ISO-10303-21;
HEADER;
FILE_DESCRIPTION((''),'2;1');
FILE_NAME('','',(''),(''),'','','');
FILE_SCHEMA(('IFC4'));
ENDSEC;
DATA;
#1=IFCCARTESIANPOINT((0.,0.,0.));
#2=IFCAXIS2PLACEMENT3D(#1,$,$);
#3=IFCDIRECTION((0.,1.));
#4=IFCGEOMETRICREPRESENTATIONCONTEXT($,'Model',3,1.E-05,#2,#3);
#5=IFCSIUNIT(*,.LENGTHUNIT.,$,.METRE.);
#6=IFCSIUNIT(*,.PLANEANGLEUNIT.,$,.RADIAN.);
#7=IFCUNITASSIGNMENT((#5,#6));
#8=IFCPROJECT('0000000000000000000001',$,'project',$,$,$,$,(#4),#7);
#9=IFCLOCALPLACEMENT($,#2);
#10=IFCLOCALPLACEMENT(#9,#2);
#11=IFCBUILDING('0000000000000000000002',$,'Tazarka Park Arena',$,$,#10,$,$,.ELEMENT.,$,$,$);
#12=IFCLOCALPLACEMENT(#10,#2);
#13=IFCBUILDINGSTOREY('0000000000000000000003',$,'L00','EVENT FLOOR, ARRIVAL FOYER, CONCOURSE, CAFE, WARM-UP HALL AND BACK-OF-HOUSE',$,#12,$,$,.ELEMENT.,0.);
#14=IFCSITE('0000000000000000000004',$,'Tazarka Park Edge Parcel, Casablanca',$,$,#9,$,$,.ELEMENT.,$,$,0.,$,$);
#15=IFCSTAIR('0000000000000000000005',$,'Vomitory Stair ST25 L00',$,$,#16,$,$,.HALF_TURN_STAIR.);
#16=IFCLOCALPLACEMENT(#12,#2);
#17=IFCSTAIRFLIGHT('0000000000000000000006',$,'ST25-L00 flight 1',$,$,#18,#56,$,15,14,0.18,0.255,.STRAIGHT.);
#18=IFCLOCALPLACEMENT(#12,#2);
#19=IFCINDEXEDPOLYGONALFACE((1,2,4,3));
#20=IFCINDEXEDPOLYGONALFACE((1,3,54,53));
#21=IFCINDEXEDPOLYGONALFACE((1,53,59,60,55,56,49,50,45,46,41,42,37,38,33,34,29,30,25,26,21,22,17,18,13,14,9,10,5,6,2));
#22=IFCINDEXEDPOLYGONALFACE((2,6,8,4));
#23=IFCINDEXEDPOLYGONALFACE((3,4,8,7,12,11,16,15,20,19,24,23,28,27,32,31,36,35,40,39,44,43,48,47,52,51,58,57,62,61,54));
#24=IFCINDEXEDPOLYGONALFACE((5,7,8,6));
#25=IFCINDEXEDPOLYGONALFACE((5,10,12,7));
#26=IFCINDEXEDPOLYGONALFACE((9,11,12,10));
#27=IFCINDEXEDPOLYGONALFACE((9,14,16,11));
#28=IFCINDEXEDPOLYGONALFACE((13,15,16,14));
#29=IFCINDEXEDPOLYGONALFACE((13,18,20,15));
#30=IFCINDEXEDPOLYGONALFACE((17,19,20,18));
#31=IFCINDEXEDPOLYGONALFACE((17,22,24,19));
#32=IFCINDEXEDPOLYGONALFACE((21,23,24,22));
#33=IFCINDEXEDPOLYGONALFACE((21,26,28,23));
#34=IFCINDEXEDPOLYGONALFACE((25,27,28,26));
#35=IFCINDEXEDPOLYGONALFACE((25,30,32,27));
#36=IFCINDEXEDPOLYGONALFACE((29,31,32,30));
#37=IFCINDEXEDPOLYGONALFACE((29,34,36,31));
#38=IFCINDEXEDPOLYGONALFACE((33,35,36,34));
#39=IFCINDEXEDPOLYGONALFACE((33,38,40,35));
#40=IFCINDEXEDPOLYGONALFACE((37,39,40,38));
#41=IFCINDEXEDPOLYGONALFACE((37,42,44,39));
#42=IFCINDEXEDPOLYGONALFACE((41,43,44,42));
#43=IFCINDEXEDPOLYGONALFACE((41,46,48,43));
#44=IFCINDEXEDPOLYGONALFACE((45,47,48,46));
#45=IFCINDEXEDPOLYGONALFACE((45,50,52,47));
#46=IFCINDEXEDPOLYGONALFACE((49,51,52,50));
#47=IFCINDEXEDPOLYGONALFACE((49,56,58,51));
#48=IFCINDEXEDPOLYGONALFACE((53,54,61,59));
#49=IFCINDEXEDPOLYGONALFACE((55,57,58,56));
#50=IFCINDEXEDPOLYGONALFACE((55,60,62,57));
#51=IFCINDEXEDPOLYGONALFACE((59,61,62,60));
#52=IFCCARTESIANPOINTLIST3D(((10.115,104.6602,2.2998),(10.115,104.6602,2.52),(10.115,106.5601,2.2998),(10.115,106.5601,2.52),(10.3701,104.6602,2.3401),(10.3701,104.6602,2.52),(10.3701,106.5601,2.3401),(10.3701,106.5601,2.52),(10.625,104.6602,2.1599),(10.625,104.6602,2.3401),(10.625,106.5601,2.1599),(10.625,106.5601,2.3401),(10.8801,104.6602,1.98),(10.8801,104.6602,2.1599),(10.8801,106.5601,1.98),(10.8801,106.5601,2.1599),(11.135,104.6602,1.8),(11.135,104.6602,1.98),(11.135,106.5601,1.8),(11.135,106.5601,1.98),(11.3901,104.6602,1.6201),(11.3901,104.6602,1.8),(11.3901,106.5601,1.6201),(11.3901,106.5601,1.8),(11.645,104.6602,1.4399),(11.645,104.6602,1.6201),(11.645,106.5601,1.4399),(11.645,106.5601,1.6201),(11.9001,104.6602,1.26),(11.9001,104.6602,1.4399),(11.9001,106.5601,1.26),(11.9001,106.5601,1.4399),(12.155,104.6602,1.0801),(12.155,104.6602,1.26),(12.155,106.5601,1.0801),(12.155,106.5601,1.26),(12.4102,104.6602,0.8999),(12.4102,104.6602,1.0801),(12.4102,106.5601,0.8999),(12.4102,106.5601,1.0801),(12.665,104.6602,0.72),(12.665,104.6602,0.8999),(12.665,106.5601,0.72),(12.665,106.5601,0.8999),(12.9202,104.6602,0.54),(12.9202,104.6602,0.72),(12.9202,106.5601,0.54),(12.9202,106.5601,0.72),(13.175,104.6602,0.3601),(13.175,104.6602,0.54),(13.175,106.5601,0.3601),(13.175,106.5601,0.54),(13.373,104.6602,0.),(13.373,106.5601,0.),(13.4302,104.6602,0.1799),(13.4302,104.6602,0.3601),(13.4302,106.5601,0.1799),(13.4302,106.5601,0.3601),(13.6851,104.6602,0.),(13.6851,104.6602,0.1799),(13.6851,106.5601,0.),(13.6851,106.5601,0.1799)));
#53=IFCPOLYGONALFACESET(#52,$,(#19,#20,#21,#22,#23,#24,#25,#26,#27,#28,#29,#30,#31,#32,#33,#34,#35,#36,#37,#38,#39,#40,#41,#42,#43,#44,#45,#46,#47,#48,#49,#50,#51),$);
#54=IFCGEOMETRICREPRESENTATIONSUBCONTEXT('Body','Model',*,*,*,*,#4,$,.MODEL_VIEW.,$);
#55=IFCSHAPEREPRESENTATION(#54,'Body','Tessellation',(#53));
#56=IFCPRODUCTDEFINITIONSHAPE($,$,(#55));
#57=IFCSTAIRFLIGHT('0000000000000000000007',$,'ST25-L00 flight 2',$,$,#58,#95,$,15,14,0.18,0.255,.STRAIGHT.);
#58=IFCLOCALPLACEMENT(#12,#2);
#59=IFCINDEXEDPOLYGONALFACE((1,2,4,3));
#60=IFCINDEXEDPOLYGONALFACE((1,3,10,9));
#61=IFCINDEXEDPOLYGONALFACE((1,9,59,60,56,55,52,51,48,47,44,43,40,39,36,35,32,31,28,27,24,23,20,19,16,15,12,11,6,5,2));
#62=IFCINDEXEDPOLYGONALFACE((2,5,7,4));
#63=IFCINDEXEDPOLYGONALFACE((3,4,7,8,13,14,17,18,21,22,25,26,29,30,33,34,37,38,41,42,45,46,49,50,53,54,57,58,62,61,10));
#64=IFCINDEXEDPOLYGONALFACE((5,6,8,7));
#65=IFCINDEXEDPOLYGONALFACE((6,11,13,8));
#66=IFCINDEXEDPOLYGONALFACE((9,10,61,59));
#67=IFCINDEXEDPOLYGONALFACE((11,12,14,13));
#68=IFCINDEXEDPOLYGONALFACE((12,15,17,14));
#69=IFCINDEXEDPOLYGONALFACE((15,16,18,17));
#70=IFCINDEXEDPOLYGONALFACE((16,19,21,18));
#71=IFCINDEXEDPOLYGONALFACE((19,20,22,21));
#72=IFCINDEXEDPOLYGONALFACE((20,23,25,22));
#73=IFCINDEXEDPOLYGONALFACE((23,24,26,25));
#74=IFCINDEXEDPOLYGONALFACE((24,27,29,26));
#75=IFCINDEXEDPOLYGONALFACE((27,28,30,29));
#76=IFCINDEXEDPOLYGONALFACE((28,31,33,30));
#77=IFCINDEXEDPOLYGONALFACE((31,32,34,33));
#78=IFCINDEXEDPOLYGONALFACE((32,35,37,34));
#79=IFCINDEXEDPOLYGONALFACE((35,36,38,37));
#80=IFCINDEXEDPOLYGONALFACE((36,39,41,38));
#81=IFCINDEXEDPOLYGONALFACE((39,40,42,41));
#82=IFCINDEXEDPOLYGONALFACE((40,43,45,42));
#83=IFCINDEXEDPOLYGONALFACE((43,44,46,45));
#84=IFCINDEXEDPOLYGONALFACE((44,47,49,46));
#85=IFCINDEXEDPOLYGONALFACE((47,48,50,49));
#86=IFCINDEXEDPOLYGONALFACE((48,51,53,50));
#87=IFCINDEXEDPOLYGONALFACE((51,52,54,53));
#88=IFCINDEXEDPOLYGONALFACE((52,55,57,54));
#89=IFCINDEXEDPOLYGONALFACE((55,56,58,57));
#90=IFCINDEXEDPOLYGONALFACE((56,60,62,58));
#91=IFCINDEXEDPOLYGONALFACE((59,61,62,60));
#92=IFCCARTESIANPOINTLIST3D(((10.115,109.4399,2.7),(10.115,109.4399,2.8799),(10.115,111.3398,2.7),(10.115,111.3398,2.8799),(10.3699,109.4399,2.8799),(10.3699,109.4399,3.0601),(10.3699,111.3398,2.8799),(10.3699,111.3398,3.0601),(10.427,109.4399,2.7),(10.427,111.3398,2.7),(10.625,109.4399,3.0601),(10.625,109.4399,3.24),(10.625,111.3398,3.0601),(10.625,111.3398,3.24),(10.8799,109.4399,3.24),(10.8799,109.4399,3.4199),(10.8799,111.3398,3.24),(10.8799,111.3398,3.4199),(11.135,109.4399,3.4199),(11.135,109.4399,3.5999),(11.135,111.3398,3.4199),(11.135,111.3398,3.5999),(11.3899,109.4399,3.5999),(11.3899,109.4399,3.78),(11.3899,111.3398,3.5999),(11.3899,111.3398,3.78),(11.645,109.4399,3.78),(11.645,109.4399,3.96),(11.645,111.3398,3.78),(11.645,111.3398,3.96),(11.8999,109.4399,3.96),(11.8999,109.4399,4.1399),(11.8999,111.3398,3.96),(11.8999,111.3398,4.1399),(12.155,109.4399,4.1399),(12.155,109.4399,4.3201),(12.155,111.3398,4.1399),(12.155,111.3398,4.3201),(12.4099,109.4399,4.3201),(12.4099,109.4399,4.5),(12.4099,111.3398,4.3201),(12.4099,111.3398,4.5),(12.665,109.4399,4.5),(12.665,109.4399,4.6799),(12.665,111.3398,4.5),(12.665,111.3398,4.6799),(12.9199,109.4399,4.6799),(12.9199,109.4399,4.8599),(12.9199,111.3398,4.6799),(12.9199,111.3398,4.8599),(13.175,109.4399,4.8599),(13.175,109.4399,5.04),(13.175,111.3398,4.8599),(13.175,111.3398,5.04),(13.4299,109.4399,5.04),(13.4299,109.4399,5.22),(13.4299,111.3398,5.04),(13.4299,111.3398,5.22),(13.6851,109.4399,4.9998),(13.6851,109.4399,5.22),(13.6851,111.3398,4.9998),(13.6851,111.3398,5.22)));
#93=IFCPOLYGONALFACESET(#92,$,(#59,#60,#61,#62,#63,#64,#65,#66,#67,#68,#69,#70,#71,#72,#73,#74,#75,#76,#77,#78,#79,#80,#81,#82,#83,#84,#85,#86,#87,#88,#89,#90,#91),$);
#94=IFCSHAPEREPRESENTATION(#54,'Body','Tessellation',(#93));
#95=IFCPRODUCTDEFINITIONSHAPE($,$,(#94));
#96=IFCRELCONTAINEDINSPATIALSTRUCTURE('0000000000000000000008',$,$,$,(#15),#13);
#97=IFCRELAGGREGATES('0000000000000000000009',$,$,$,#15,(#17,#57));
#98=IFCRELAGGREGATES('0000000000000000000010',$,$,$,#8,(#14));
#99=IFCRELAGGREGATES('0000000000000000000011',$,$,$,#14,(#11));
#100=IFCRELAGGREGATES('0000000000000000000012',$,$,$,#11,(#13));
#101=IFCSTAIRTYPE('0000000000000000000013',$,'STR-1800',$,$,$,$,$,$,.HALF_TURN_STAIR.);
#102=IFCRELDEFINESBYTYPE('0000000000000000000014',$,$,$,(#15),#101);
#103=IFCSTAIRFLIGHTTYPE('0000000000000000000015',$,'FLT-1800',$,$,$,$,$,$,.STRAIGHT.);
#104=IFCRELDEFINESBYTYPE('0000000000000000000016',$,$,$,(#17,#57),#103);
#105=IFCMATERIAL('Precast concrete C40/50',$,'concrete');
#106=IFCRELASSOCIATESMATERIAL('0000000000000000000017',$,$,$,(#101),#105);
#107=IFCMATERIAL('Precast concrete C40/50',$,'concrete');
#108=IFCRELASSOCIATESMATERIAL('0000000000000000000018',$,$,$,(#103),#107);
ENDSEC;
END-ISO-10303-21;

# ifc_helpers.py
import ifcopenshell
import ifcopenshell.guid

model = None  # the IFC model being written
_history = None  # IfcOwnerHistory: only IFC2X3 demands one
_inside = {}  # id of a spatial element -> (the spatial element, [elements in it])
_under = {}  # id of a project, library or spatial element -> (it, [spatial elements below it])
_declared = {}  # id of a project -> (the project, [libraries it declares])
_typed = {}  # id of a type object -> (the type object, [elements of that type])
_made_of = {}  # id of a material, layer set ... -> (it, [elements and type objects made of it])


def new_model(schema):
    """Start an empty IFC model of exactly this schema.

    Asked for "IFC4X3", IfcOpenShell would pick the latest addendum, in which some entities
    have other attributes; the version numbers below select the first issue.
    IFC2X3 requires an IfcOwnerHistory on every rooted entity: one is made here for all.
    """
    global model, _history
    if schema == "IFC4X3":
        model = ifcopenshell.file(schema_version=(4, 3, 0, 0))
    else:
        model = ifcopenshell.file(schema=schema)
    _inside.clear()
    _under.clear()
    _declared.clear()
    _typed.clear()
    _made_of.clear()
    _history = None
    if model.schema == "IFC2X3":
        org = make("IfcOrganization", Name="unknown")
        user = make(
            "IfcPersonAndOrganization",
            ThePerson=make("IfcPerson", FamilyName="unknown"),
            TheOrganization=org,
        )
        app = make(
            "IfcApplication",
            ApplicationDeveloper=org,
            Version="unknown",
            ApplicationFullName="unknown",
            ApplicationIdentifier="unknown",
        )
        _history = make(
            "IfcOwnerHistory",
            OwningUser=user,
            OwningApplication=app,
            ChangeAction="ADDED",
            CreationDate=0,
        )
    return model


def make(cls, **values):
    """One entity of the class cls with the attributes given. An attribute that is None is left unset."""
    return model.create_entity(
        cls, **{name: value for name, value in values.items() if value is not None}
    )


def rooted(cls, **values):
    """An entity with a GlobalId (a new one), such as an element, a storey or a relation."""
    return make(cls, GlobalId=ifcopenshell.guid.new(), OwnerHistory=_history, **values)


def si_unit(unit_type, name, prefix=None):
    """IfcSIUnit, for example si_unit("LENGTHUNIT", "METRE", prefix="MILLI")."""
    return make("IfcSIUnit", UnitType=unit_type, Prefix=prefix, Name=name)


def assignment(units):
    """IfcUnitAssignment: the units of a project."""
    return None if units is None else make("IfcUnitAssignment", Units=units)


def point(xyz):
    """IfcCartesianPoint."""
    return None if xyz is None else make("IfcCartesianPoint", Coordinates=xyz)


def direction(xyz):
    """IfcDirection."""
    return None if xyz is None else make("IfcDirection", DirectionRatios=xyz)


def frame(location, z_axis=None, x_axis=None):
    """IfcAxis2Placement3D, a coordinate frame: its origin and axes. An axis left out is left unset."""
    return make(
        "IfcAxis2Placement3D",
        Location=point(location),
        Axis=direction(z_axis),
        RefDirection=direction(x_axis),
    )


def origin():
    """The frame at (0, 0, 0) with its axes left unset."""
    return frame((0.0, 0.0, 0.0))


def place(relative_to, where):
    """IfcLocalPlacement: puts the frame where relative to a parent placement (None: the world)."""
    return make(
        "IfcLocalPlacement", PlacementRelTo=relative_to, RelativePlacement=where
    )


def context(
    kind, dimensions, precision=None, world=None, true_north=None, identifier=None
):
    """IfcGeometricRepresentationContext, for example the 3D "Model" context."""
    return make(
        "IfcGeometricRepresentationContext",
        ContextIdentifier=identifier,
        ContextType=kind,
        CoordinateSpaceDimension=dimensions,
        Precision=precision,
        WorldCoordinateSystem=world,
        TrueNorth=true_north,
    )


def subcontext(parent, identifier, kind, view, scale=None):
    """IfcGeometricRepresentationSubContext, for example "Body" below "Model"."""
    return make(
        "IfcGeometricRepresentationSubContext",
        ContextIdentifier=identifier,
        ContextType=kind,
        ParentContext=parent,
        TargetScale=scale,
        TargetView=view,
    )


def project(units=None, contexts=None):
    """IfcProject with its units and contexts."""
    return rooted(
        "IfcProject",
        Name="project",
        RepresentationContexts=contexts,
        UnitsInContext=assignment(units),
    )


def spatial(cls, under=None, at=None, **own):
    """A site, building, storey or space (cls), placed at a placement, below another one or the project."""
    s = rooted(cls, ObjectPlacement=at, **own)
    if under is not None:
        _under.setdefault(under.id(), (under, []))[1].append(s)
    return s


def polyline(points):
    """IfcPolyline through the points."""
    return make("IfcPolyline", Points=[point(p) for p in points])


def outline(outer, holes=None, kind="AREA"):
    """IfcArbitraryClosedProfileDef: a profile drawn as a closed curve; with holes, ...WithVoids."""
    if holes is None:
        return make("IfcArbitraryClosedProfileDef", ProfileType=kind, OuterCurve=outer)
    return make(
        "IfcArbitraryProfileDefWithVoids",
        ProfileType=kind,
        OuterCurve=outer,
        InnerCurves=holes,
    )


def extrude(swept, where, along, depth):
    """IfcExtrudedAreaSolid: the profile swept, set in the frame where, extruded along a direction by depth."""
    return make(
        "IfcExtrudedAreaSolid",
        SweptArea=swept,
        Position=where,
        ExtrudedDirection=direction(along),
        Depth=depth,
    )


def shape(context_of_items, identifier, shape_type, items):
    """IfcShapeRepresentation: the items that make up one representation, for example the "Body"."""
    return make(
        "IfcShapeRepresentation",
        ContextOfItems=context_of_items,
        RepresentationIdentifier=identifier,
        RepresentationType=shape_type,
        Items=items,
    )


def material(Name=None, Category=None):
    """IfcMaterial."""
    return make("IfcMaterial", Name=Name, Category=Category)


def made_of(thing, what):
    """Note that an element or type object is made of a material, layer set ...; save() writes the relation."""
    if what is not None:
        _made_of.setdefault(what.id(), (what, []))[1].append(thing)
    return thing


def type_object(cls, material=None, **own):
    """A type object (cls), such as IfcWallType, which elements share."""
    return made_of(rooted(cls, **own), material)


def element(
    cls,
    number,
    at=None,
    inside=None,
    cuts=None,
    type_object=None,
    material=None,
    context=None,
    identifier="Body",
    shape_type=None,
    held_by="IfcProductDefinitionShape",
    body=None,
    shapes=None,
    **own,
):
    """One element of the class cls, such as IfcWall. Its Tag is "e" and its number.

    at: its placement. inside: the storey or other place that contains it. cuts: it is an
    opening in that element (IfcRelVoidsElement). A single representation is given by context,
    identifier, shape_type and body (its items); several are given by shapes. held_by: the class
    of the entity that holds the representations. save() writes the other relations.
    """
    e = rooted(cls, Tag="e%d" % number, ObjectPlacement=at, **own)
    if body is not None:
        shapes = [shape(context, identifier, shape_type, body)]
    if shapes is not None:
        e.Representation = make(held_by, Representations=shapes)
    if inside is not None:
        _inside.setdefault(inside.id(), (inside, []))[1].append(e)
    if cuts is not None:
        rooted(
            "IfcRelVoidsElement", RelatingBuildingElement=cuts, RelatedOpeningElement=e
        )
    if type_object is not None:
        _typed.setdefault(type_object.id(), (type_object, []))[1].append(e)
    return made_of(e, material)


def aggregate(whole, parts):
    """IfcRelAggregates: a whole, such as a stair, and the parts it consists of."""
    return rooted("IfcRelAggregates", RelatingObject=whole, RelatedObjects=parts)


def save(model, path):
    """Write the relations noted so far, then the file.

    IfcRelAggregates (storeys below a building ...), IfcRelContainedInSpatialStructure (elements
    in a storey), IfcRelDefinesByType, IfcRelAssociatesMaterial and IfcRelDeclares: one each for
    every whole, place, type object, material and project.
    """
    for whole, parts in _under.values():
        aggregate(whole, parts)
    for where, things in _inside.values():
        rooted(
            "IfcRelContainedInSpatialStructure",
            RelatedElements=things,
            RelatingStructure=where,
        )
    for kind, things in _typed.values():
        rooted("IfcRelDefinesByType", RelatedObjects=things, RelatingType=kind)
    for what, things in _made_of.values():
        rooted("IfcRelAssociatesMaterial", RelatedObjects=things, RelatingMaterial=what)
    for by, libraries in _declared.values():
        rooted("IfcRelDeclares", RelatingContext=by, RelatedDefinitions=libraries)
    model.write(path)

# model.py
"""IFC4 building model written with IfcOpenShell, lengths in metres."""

from ifc_helpers import new_model, si_unit, direction, frame, origin, place, context, subcontext, project, spatial, polyline, outline, extrude, material, type_object, element, aggregate, save


model = new_model("IFC4")

# Units and contexts
model_context = context("Model", 3, precision=1e-05, world=origin(), true_north=direction((0.0, 1.0)))
body_context = subcontext(model_context, "Body", "Model", "MODEL_VIEW")
ifc_project = project(units=[si_unit("LENGTHUNIT", "METRE"), si_unit("PLANEANGLEUNIT", "RADIAN")], contexts=[model_context])

# Site, building, storey
site_placement = place(None, origin())
site = spatial("IfcSite", under=ifc_project, at=site_placement, Name="Tazarka Park Edge Parcel, Casablanca", CompositionType="ELEMENT", RefElevation=0.0)
building_placement = place(site_placement, origin())
building = spatial("IfcBuilding", under=site, at=building_placement, Name="Tazarka Park Arena", CompositionType="ELEMENT")
storey_placement = place(building_placement, origin())
storey = spatial("IfcBuildingStorey", under=building, at=storey_placement, Name="L00", Description="EVENT FLOOR, ARRIVAL FOYER, CONCOURSE, CAFE, WARM-UP HALL AND BACK-OF-HOUSE", CompositionType="ELEMENT", Elevation=0.0)

# Stair, stair flights
ifc_material_1 = material(Name="Precast concrete C40/50", Category="concrete")
stair_type = type_object("IfcStairType", Name="STR-1800", PredefinedType="HALF_TURN_STAIR", material=ifc_material_1)
stair_placement = place(storey_placement, origin())
stair = element("IfcStair", 1, at=stair_placement, inside=storey, type_object=stair_type, Name="Vomitory Stair ST25 L00", PredefinedType="HALF_TURN_STAIR")
ifc_material_2 = material(Name="Precast concrete C40/50", Category="concrete")
stair_flight_type = type_object("IfcStairFlightType", Name="FLT-1800", PredefinedType="STRAIGHT", material=ifc_material_2)
stair_flight_1_placement = place(storey_placement, frame((13.6851, 105.6101, 0.0), z_axis=(0.0, 0.0, 1.0), x_axis=(-1.0, 0.0, 0.0)))
stair_flight_1 = element("IfcStairFlight", 2, at=stair_flight_1_placement, type_object=stair_flight_type, Name="ST25-L00 flight 1", NumberOfRisers=15, NumberOfTreads=14, PredefinedType="STRAIGHT", RiserHeight=0.18, TreadLength=0.255, context=body_context, shape_type="SweptSolid", body=[
    extrude(outline(polyline([(0.0, 0.0), (0.0, 0.1799), (0.2549, 0.1799), (0.2549, 0.3601), (0.51, 0.3601), (0.51, 0.54), (0.7649, 0.54), (0.7649, 0.72), (1.02, 0.72), (1.02, 0.8999), (1.2749, 0.8999), (1.2749, 1.0801), (1.53, 1.0801), (1.53, 1.26), (1.7849, 1.26), (1.7849, 1.4399), (2.04, 1.4399), (2.04, 1.6201), (2.2949, 1.6201), (2.2949, 1.8), (2.55, 1.8), (2.55, 1.98), (2.8049, 1.98), (2.8049, 2.1599), (3.0601, 2.1599), (3.0601, 2.3401), (3.3149, 2.3401), (3.3149, 2.52), (3.5701, 2.52), (3.5701, 2.7), (3.5701, 2.2998), (0.312, 0.0), (0.0, 0.0)])), frame((0.0, 0.95, 0.0), z_axis=(0.0, -1.0, 0.0), x_axis=(1.0, 0.0, 0.0)), (0.0, 0.0, 1.0), 1.8999),
])
stair_flight_2_placement = place(storey_placement, frame((10.115, 110.3899, 2.7), z_axis=(0.0, 0.0, 1.0), x_axis=(1.0, 0.0, 0.0)))
stair_flight_2 = element("IfcStairFlight", 3, at=stair_flight_2_placement, type_object=stair_flight_type, Name="ST25-L00 flight 2", NumberOfRisers=15, NumberOfTreads=14, PredefinedType="STRAIGHT", RiserHeight=0.18, TreadLength=0.255, context=body_context, shape_type="SweptSolid", body=[
    extrude(outline(polyline([(0.0, 0.0), (0.0, 0.1799), (0.2549, 0.1799), (0.2549, 0.3601), (0.51, 0.3601), (0.51, 0.54), (0.7649, 0.54), (0.7649, 0.72), (1.02, 0.72), (1.02, 0.8999), (1.2749, 0.8999), (1.2749, 1.0801), (1.53, 1.0801), (1.53, 1.26), (1.7849, 1.26), (1.7849, 1.4399), (2.04, 1.4399), (2.04, 1.6201), (2.2949, 1.6201), (2.2949, 1.8), (2.55, 1.8), (2.55, 1.98), (2.8049, 1.98), (2.8049, 2.1599), (3.0601, 2.1599), (3.0601, 2.3401), (3.3149, 2.3401), (3.3149, 2.52), (3.5701, 2.52), (3.5701, 2.7), (3.5701, 2.2998), (0.312, 0.0), (0.0, 0.0)])), frame((0.0, 0.95, 0.0), z_axis=(0.0, -1.0, 0.0), x_axis=(1.0, 0.0, 0.0)), (0.0, 0.0, 1.0), 1.8999),
])
aggregate(stair, [stair_flight_1, stair_flight_2])

save(model, "model.ifc")
